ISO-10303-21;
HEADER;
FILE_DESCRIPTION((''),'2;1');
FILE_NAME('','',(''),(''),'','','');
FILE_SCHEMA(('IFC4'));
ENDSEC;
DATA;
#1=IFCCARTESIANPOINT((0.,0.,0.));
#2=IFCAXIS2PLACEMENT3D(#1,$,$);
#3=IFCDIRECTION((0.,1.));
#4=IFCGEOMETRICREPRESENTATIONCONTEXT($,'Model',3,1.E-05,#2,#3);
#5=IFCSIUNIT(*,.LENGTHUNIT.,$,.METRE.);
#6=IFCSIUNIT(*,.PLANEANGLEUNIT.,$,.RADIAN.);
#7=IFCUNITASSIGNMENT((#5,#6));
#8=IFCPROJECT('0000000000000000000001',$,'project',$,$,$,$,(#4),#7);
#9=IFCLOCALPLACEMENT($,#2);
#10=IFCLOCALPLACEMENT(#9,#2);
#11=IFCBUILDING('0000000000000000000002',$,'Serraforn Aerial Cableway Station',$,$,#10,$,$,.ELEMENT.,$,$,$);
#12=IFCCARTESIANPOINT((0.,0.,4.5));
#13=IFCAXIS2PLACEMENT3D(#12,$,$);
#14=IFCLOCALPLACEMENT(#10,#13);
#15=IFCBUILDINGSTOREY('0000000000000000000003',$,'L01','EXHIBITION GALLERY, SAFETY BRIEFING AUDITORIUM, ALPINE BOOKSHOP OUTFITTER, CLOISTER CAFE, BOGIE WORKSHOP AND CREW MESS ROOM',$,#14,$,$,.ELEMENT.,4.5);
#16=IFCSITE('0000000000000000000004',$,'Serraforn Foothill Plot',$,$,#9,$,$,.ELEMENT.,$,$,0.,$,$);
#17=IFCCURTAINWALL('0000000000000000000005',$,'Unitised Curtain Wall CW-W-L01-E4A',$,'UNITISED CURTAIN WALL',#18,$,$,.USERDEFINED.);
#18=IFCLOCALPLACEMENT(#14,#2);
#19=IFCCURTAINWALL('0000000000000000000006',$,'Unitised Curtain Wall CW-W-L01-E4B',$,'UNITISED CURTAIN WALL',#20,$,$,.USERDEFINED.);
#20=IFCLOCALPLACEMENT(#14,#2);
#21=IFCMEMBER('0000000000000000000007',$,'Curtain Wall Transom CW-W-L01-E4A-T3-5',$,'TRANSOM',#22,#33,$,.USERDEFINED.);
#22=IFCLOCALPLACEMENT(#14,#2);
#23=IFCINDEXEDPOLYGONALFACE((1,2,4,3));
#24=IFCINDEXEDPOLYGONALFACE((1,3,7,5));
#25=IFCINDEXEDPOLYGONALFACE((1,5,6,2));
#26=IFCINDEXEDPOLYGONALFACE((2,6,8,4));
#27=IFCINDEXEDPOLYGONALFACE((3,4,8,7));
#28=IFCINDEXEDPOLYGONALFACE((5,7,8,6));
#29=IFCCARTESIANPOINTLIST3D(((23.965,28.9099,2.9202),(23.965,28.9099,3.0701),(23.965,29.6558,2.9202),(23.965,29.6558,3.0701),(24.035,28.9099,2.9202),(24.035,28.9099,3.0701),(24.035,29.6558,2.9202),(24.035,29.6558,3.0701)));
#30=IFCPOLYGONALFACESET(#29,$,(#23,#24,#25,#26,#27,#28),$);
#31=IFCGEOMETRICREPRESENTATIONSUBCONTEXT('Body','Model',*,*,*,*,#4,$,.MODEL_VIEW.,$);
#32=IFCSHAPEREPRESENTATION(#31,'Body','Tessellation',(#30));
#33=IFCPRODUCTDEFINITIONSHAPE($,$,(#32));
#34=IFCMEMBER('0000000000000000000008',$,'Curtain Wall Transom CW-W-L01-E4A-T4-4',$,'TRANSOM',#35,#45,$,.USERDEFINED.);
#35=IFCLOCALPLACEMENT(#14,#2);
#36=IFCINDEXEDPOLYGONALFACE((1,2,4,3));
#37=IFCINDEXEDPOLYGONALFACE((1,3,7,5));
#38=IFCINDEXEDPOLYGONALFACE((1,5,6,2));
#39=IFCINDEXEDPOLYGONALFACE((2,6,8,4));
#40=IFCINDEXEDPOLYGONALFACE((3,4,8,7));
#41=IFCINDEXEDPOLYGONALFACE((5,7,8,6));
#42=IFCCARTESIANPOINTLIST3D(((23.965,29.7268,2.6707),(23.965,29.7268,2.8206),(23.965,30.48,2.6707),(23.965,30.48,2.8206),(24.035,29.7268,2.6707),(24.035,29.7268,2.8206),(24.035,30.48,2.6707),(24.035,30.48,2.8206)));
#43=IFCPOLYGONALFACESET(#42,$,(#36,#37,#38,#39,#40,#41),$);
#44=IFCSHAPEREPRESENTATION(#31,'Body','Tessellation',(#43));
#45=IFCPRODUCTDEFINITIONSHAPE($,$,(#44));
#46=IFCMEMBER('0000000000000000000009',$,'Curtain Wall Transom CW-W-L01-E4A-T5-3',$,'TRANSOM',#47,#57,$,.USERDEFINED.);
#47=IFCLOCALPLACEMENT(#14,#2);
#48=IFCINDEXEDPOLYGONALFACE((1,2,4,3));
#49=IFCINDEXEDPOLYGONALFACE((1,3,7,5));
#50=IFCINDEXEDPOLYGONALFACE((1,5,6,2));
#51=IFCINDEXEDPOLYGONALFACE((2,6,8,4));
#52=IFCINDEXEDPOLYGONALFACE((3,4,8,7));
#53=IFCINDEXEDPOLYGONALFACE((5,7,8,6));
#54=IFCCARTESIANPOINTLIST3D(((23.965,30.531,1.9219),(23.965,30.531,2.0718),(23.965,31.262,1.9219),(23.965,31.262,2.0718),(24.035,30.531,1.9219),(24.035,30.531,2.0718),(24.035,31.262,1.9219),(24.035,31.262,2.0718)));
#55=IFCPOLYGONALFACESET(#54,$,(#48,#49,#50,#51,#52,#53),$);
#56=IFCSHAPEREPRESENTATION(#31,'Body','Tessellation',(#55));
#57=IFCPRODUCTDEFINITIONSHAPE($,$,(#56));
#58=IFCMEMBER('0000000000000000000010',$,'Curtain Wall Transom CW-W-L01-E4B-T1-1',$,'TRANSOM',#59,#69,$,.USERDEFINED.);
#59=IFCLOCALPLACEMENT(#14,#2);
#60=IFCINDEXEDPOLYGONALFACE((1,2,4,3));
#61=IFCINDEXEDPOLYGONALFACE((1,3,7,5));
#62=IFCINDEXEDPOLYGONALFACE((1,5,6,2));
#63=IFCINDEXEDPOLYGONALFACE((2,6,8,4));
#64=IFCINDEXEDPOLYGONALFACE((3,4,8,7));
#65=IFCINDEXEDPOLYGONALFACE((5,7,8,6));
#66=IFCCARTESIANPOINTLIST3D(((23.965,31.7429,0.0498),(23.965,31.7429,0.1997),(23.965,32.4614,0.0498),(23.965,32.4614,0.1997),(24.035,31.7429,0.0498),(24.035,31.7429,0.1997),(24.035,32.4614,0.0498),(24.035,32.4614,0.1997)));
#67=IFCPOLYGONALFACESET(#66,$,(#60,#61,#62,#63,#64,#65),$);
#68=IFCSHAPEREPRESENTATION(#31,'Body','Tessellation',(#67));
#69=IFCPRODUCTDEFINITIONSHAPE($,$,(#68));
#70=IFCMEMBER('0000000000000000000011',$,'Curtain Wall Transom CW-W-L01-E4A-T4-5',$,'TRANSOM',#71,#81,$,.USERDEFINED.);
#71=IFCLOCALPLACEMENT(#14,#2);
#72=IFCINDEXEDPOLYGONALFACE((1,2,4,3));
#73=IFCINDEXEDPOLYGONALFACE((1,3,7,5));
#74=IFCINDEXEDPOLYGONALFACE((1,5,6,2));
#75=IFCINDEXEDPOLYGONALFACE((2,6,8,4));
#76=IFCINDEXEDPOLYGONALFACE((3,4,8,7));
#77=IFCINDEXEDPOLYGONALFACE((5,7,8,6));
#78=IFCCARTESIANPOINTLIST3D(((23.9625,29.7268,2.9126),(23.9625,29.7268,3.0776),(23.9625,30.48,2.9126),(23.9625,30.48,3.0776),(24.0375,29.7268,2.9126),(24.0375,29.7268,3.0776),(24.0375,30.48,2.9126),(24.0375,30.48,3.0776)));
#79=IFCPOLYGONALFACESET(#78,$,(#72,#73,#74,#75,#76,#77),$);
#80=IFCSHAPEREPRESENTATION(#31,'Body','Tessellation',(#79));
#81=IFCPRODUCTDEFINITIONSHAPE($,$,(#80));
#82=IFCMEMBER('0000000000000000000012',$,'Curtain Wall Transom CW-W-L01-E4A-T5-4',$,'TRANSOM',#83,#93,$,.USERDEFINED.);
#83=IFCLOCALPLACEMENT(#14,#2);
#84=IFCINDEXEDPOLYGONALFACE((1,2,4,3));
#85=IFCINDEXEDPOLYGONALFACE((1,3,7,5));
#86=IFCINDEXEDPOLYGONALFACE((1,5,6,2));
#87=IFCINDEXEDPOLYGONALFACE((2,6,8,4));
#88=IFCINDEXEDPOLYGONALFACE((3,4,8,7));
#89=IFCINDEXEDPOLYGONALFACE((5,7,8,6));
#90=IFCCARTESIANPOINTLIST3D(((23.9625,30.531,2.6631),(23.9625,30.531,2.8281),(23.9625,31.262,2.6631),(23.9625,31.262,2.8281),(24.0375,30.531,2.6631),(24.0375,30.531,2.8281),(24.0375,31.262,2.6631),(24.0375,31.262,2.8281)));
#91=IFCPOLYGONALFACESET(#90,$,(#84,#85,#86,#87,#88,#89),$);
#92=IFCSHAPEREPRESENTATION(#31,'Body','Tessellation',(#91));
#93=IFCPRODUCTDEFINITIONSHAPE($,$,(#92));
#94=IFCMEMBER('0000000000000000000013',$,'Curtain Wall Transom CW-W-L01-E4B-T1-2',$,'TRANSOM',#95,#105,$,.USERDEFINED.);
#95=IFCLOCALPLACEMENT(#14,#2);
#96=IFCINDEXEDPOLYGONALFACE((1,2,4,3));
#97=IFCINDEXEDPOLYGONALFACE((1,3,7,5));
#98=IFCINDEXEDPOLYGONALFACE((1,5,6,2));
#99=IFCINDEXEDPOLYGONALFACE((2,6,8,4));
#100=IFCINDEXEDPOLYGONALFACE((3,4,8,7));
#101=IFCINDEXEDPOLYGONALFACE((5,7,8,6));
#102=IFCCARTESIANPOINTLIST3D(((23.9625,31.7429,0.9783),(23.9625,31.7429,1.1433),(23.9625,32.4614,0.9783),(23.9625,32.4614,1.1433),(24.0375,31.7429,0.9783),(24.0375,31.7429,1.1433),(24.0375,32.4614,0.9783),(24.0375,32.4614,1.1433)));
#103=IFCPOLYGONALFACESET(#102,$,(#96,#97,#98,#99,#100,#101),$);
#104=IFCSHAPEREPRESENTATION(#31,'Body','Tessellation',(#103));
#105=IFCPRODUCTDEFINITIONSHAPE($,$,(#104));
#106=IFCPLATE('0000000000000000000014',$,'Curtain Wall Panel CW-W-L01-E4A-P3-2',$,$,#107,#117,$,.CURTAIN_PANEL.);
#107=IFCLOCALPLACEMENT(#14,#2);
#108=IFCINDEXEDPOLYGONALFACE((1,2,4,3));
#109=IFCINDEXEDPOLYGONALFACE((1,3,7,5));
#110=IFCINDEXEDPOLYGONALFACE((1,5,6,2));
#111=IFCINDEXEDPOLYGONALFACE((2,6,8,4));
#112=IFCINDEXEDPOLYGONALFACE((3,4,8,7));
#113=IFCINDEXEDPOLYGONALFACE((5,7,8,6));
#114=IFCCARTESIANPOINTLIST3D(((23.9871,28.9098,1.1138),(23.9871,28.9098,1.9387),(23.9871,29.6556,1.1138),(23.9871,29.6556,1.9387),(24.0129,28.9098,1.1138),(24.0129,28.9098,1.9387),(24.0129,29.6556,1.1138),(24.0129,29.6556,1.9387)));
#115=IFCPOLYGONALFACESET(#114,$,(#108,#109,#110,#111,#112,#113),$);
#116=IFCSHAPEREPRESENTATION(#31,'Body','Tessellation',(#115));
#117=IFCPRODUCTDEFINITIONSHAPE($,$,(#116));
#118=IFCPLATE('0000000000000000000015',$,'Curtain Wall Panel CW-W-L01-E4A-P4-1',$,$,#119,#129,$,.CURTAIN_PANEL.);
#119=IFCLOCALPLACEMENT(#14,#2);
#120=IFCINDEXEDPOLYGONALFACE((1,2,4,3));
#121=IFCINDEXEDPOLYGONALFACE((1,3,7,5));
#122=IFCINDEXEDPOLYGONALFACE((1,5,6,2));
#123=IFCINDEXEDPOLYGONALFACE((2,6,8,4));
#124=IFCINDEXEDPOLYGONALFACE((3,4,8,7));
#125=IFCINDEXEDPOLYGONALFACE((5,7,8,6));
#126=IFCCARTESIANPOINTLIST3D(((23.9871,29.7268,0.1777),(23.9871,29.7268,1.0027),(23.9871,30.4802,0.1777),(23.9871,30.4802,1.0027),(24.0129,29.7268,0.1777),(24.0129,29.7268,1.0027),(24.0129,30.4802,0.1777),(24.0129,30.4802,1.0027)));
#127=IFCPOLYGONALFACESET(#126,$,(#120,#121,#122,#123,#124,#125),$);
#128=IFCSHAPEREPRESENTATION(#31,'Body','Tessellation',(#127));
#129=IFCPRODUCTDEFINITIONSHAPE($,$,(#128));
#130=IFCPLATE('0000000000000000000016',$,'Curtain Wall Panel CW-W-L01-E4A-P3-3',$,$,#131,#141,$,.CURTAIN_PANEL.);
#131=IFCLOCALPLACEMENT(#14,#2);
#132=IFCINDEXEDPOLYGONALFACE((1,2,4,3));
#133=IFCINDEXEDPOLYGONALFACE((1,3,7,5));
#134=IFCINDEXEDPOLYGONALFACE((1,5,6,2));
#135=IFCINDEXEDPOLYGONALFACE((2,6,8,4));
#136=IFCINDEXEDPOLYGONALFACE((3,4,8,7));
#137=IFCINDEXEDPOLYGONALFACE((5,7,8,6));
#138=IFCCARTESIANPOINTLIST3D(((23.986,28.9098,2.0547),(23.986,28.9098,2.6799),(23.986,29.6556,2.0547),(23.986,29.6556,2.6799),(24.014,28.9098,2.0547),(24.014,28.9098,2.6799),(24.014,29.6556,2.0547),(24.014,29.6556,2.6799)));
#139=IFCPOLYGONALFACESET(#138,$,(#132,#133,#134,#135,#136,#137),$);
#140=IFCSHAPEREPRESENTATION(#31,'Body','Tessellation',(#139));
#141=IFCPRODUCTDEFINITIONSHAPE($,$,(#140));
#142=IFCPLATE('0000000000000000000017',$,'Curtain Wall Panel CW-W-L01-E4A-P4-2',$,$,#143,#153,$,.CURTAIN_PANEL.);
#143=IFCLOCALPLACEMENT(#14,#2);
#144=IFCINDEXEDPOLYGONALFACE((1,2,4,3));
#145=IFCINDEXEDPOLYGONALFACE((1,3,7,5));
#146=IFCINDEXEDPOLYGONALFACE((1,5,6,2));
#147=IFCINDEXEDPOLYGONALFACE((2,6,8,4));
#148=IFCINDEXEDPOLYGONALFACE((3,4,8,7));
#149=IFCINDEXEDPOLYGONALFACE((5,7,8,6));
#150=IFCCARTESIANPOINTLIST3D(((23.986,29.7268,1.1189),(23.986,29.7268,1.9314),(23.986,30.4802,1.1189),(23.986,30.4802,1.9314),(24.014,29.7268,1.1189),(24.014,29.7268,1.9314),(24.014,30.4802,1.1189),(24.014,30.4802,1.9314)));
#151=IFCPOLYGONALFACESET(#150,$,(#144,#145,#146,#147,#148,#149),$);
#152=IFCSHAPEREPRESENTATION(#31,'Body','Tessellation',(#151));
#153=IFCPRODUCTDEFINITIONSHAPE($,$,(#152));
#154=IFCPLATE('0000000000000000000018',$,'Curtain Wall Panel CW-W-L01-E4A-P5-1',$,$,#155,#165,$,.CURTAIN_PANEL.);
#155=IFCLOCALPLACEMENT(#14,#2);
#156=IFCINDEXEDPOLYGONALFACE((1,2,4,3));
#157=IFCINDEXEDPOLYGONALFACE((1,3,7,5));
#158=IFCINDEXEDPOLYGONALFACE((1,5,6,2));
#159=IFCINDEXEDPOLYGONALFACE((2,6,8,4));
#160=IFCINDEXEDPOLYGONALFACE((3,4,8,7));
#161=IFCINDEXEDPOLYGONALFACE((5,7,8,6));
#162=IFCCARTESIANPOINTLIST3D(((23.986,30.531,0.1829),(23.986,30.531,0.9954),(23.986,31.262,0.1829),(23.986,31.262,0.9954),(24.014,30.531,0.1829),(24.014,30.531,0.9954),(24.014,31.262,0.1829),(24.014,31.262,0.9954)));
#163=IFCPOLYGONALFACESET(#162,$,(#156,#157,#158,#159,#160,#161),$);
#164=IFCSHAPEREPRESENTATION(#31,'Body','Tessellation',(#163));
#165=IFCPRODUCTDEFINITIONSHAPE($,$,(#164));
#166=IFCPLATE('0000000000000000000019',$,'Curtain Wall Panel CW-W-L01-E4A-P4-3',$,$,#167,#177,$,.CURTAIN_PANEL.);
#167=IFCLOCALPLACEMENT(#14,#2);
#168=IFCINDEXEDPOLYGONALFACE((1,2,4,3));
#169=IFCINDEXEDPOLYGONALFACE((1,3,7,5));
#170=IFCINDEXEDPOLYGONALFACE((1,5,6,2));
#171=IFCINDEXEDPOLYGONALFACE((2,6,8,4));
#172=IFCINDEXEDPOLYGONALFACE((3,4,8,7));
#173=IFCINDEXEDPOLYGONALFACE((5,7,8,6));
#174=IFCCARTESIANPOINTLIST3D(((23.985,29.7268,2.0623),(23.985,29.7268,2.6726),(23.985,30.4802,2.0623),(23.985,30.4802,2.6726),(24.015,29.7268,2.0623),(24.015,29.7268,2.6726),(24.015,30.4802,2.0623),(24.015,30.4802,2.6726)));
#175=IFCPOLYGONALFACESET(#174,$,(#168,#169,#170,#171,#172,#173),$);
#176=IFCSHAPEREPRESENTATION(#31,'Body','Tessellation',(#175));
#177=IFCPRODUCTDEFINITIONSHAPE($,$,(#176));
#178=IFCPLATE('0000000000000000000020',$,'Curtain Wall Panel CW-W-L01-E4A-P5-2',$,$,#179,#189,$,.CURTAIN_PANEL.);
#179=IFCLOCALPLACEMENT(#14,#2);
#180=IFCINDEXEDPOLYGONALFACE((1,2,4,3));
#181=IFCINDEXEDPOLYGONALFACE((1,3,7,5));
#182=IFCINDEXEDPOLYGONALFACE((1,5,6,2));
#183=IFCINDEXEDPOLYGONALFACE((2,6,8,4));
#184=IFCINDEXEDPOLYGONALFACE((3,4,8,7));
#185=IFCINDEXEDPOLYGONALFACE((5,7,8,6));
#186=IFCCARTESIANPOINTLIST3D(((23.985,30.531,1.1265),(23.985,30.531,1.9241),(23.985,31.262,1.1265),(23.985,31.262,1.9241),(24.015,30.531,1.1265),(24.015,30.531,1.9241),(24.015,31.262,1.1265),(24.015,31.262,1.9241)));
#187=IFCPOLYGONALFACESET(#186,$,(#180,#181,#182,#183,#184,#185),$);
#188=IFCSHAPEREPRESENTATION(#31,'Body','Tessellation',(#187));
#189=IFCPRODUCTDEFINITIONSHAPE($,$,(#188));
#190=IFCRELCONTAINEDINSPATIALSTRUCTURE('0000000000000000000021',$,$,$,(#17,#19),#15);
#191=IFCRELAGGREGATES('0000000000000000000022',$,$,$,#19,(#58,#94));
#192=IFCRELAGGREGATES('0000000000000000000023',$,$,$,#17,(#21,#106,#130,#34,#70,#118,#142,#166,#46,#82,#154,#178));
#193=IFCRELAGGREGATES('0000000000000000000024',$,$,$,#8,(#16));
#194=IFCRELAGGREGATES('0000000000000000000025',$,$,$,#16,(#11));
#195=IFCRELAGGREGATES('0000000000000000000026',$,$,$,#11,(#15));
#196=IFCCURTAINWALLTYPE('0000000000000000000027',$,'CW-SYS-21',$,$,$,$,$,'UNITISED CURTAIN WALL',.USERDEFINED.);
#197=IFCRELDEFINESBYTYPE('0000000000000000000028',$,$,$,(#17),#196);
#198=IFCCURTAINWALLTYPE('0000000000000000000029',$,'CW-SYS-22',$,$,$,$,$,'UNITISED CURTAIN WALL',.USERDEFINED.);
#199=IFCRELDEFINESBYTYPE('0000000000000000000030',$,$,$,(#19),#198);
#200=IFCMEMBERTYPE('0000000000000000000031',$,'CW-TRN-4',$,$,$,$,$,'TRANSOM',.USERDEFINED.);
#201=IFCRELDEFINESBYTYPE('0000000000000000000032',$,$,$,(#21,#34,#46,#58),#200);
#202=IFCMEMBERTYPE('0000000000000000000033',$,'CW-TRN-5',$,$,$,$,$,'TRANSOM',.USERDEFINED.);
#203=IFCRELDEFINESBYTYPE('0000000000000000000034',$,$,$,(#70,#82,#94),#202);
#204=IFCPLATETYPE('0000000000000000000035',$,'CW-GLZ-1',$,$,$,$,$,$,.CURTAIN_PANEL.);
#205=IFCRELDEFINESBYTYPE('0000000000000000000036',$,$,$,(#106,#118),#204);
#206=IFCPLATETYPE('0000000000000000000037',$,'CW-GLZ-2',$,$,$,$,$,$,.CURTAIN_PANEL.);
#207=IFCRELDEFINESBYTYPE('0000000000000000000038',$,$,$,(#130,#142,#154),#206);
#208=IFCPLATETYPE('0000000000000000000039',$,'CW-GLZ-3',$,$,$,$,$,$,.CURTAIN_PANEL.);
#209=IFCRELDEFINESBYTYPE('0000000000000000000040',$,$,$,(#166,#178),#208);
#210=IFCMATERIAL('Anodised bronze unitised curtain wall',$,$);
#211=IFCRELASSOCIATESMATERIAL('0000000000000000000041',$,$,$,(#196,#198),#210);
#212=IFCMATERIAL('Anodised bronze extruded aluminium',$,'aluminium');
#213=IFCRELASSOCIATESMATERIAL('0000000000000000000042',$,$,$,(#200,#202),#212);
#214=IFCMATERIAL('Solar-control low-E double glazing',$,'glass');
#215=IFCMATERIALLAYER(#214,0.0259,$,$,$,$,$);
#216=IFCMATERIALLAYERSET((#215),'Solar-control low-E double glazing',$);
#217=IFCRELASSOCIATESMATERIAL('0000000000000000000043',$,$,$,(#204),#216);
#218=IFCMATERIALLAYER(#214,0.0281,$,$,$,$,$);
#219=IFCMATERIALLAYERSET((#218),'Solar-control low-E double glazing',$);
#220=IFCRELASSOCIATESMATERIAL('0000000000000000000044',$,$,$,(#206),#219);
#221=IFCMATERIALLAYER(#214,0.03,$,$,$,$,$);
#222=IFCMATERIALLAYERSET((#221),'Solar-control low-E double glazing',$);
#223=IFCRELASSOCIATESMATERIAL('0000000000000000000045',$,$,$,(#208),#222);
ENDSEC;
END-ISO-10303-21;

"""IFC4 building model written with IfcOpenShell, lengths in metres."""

from ifc_helpers import new_model, si_unit, direction, frame, origin, origin_2d, place, context, subcontext, project, spatial, rectangle, extrude, material, layer, layer_set, material_profile, profile_set, type_object, element, aggregate, save


model = new_model("IFC4")

# Units and contexts
model_context = context("Model", 3, precision=1e-05, world=origin(), true_north=direction((0.0, 1.0)))
body_context = subcontext(model_context, "Body", "Model", "MODEL_VIEW")
ifc_project = project(units=[si_unit("LENGTHUNIT", "METRE"), si_unit("PLANEANGLEUNIT", "RADIAN")], contexts=[model_context])

# Site, building, storey
site_placement = place(None, origin())
site = spatial("IfcSite", under=ifc_project, at=site_placement, Name="Serraforn Foothill Plot", CompositionType="ELEMENT", RefElevation=0.0)
building_placement = place(site_placement, origin())
building = spatial("IfcBuilding", under=site, at=building_placement, Name="Serraforn Aerial Cableway Station", CompositionType="ELEMENT")
storey_placement = place(building_placement, frame((0.0, 0.0, 4.5)))
storey = spatial("IfcBuildingStorey", under=building, at=storey_placement, Name="L01", Description="EXHIBITION GALLERY, SAFETY BRIEFING AUDITORIUM, ALPINE BOOKSHOP OUTFITTER, CLOISTER CAFE, BOGIE WORKSHOP AND CREW MESS ROOM", CompositionType="ELEMENT", Elevation=4.5)

# Curtain wall
ifc_material_1 = material(Name="Anodised bronze unitised curtain wall")
curtain_wall_type_1 = type_object("IfcCurtainWallType", Name="CW-SYS-21", ElementType="UNITISED CURTAIN WALL", PredefinedType="USERDEFINED", material=ifc_material_1)
curtain_wall_1_placement = place(storey_placement, origin())
curtain_wall_1 = element("IfcCurtainWall", 1, at=curtain_wall_1_placement, inside=storey, type_object=curtain_wall_type_1, Name="Unitised Curtain Wall CW-W-L01-E4A", ObjectType="UNITISED CURTAIN WALL", PredefinedType="USERDEFINED")
ifc_material_2 = material(Name="Anodised bronze extruded aluminium", Category="aluminium")

# Curtain wall
curtain_wall_type_2 = type_object("IfcCurtainWallType", Name="CW-SYS-22", ElementType="UNITISED CURTAIN WALL", PredefinedType="USERDEFINED", material=ifc_material_1)
curtain_wall_2_placement = place(storey_placement, origin())
curtain_wall_2 = element("IfcCurtainWall", 2, at=curtain_wall_2_placement, inside=storey, type_object=curtain_wall_type_2, Name="Unitised Curtain Wall CW-W-L01-E4B", ObjectType="UNITISED CURTAIN WALL", PredefinedType="USERDEFINED")

# Members
ifc_material_profile_1 = material_profile(ifc_material_2, rectangle(XDim=0.0701, YDim=0.1499, at=origin_2d()), Name="CW TRANSOM 70x150")
ifc_profile_set_1 = profile_set([ifc_material_profile_1], Name="Anodised bronze extruded aluminium")
member_type_1 = type_object("IfcMemberType", Name="CW-TRN-4", ElementType="TRANSOM", PredefinedType="USERDEFINED", material=ifc_profile_set_1)
member_1_placement = place(storey_placement, frame((24.0, 28.9099, 2.9951), z_axis=(0.0, 1.0, 0.0), x_axis=(-1.0, 0.0, 0.0)))
member_1 = element("IfcMember", 3, at=member_1_placement, type_object=member_type_1, Name="Curtain Wall Transom CW-W-L01-E4A-T3-5", ObjectType="TRANSOM", PredefinedType="USERDEFINED", context=body_context, shape_type="SweptSolid", body=[
    extrude(rectangle(XDim=0.0701, YDim=0.1499, at=origin_2d()), origin(), (0.0, 0.0, 1.0), 0.7458),
])
member_2_placement = place(storey_placement, frame((24.0, 29.7268, 2.7456), z_axis=(0.0, 1.0, 0.0), x_axis=(-1.0, 0.0, 0.0)))
member_2 = element("IfcMember", 4, at=member_2_placement, type_object=member_type_1, Name="Curtain Wall Transom CW-W-L01-E4A-T4-4", ObjectType="TRANSOM", PredefinedType="USERDEFINED", context=body_context, shape_type="SweptSolid", body=[
    extrude(rectangle(XDim=0.0701, YDim=0.1499, at=origin_2d()), origin(), (0.0, 0.0, 1.0), 0.7532),
])
member_3_placement = place(storey_placement, frame((24.0, 30.531, 1.9968), z_axis=(0.0, 1.0, 0.0), x_axis=(-1.0, 0.0, 0.0)))
member_3 = element("IfcMember", 5, at=member_3_placement, type_object=member_type_1, Name="Curtain Wall Transom CW-W-L01-E4A-T5-3", ObjectType="TRANSOM", PredefinedType="USERDEFINED", context=body_context, shape_type="SweptSolid", body=[
    extrude(rectangle(XDim=0.0701, YDim=0.1499, at=origin_2d()), origin(), (0.0, 0.0, 1.0), 0.731),
])
member_4_placement = place(storey_placement, frame((24.0, 31.7429, 0.1248), z_axis=(0.0, 1.0, 0.0), x_axis=(-1.0, 0.0, 0.0)))
member_4 = element("IfcMember", 6, at=member_4_placement, type_object=member_type_1, Name="Curtain Wall Transom CW-W-L01-E4B-T1-1", ObjectType="TRANSOM", PredefinedType="USERDEFINED", context=body_context, shape_type="SweptSolid", body=[
    extrude(rectangle(XDim=0.0701, YDim=0.1499, at=origin_2d()), origin(), (0.0, 0.0, 1.0), 0.7185),
])
ifc_material_profile_2 = material_profile(ifc_material_2, rectangle(XDim=0.075, YDim=0.165, at=origin_2d()), Name="CW TRANSOM 75x165")
ifc_profile_set_2 = profile_set([ifc_material_profile_2], Name="Anodised bronze extruded aluminium")
member_type_2 = type_object("IfcMemberType", Name="CW-TRN-5", ElementType="TRANSOM", PredefinedType="USERDEFINED", material=ifc_profile_set_2)
member_5_placement = place(storey_placement, frame((24.0, 29.7268, 2.9951), z_axis=(0.0, 1.0, 0.0), x_axis=(-1.0, 0.0, 0.0)))
member_5 = element("IfcMember", 7, at=member_5_placement, type_object=member_type_2, Name="Curtain Wall Transom CW-W-L01-E4A-T4-5", ObjectType="TRANSOM", PredefinedType="USERDEFINED", context=body_context, shape_type="SweptSolid", body=[
    extrude(rectangle(XDim=0.075, YDim=0.165, at=origin_2d()), origin(), (0.0, 0.0, 1.0), 0.7532),
])
member_6_placement = place(storey_placement, frame((24.0, 30.531, 2.7456), z_axis=(0.0, 1.0, 0.0), x_axis=(-1.0, 0.0, 0.0)))
member_6 = element("IfcMember", 8, at=member_6_placement, type_object=member_type_2, Name="Curtain Wall Transom CW-W-L01-E4A-T5-4", ObjectType="TRANSOM", PredefinedType="USERDEFINED", context=body_context, shape_type="SweptSolid", body=[
    extrude(rectangle(XDim=0.075, YDim=0.165, at=origin_2d()), origin(), (0.0, 0.0, 1.0), 0.731),
])
member_7_placement = place(storey_placement, frame((24.0, 31.7429, 1.0608), z_axis=(0.0, 1.0, 0.0), x_axis=(-1.0, 0.0, 0.0)))
member_7 = element("IfcMember", 9, at=member_7_placement, type_object=member_type_2, Name="Curtain Wall Transom CW-W-L01-E4B-T1-2", ObjectType="TRANSOM", PredefinedType="USERDEFINED", context=body_context, shape_type="SweptSolid", body=[
    extrude(rectangle(XDim=0.075, YDim=0.165, at=origin_2d()), origin(), (0.0, 0.0, 1.0), 0.7185),
])
aggregate(curtain_wall_2, [member_4, member_7])

# Plates
ifc_material_3 = material(Name="Solar-control low-E double glazing", Category="glass")
ifc_layer_1 = layer(ifc_material_3, 0.0259)
ifc_layer_set_1 = layer_set([ifc_layer_1], Name="Solar-control low-E double glazing")
plate_type_1 = type_object("IfcPlateType", Name="CW-GLZ-1", PredefinedType="CURTAIN_PANEL", material=ifc_layer_set_1)
plate_1_placement = place(storey_placement, frame((24.0, 29.2827, 1.1138), z_axis=(0.0, 0.0, 1.0), x_axis=(1.0, 0.0, 0.0)))
plate_1 = element("IfcPlate", 10, at=plate_1_placement, type_object=plate_type_1, Name="Curtain Wall Panel CW-W-L01-E4A-P3-2", PredefinedType="CURTAIN_PANEL", context=body_context, shape_type="SweptSolid", body=[
    extrude(rectangle(XDim=0.0259, YDim=0.7458, at=origin_2d()), origin(), (0.0, 0.0, 1.0), 0.825),
])
plate_2_placement = place(storey_placement, frame((24.0, 30.1035, 0.1777), z_axis=(0.0, 0.0, 1.0), x_axis=(1.0, 0.0, 0.0)))
plate_2 = element("IfcPlate", 11, at=plate_2_placement, type_object=plate_type_1, Name="Curtain Wall Panel CW-W-L01-E4A-P4-1", PredefinedType="CURTAIN_PANEL", context=body_context, shape_type="SweptSolid", body=[
    extrude(rectangle(XDim=0.0259, YDim=0.7534, at=origin_2d()), origin(), (0.0, 0.0, 1.0), 0.825),
])
ifc_layer_2 = layer(ifc_material_3, 0.0281)
ifc_layer_set_2 = layer_set([ifc_layer_2], Name="Solar-control low-E double glazing")
plate_type_2 = type_object("IfcPlateType", Name="CW-GLZ-2", PredefinedType="CURTAIN_PANEL", material=ifc_layer_set_2)
plate_3_placement = place(storey_placement, frame((24.0, 29.2827, 2.0547), z_axis=(0.0, 0.0, 1.0), x_axis=(1.0, 0.0, 0.0)))
plate_3 = element("IfcPlate", 12, at=plate_3_placement, type_object=plate_type_2, Name="Curtain Wall Panel CW-W-L01-E4A-P3-3", PredefinedType="CURTAIN_PANEL", context=body_context, shape_type="SweptSolid", body=[
    extrude(rectangle(XDim=0.0281, YDim=0.7458, at=origin_2d()), origin(), (0.0, 0.0, 1.0), 0.6252),
])
plate_4_placement = place(storey_placement, frame((24.0, 30.1035, 1.1189), z_axis=(0.0, 0.0, 1.0), x_axis=(1.0, 0.0, 0.0)))
plate_4 = element("IfcPlate", 13, at=plate_4_placement, type_object=plate_type_2, Name="Curtain Wall Panel CW-W-L01-E4A-P4-2", PredefinedType="CURTAIN_PANEL", context=body_context, shape_type="SweptSolid", body=[
    extrude(rectangle(XDim=0.0281, YDim=0.7534, at=origin_2d()), origin(), (0.0, 0.0, 1.0), 0.8125),
])
plate_5_placement = place(storey_placement, frame((24.0, 30.8965, 0.1829), z_axis=(0.0, 0.0, 1.0), x_axis=(1.0, 0.0, 0.0)))
plate_5 = element("IfcPlate", 14, at=plate_5_placement, type_object=plate_type_2, Name="Curtain Wall Panel CW-W-L01-E4A-P5-1", PredefinedType="CURTAIN_PANEL", context=body_context, shape_type="SweptSolid", body=[
    extrude(rectangle(XDim=0.0281, YDim=0.731, at=origin_2d()), origin(), (0.0, 0.0, 1.0), 0.8125),
])
ifc_layer_3 = layer(ifc_material_3, 0.03)
ifc_layer_set_3 = layer_set([ifc_layer_3], Name="Solar-control low-E double glazing")
plate_type_3 = type_object("IfcPlateType", Name="CW-GLZ-3", PredefinedType="CURTAIN_PANEL", material=ifc_layer_set_3)
plate_6_placement = place(storey_placement, frame((24.0, 30.1035, 2.0623), z_axis=(0.0, 0.0, 1.0), x_axis=(1.0, 0.0, 0.0)))
plate_6 = element("IfcPlate", 15, at=plate_6_placement, type_object=plate_type_3, Name="Curtain Wall Panel CW-W-L01-E4A-P4-3", PredefinedType="CURTAIN_PANEL", context=body_context, shape_type="SweptSolid", body=[
    extrude(rectangle(XDim=0.03, YDim=0.7534, at=origin_2d()), origin(), (0.0, 0.0, 1.0), 0.6104),
])
plate_7_placement = place(storey_placement, frame((24.0, 30.8965, 1.1265), z_axis=(0.0, 0.0, 1.0), x_axis=(1.0, 0.0, 0.0)))
plate_7 = element("IfcPlate", 16, at=plate_7_placement, type_object=plate_type_3, Name="Curtain Wall Panel CW-W-L01-E4A-P5-2", PredefinedType="CURTAIN_PANEL", context=body_context, shape_type="SweptSolid", body=[
    extrude(rectangle(XDim=0.03, YDim=0.731, at=origin_2d()), origin(), (0.0, 0.0, 1.0), 0.7976),
])
aggregate(curtain_wall_1, [member_1, plate_1, plate_3, member_2, member_5, plate_2, plate_4, plate_6, member_3, member_6, plate_5, plate_7])

save(model, "model.ifc")
